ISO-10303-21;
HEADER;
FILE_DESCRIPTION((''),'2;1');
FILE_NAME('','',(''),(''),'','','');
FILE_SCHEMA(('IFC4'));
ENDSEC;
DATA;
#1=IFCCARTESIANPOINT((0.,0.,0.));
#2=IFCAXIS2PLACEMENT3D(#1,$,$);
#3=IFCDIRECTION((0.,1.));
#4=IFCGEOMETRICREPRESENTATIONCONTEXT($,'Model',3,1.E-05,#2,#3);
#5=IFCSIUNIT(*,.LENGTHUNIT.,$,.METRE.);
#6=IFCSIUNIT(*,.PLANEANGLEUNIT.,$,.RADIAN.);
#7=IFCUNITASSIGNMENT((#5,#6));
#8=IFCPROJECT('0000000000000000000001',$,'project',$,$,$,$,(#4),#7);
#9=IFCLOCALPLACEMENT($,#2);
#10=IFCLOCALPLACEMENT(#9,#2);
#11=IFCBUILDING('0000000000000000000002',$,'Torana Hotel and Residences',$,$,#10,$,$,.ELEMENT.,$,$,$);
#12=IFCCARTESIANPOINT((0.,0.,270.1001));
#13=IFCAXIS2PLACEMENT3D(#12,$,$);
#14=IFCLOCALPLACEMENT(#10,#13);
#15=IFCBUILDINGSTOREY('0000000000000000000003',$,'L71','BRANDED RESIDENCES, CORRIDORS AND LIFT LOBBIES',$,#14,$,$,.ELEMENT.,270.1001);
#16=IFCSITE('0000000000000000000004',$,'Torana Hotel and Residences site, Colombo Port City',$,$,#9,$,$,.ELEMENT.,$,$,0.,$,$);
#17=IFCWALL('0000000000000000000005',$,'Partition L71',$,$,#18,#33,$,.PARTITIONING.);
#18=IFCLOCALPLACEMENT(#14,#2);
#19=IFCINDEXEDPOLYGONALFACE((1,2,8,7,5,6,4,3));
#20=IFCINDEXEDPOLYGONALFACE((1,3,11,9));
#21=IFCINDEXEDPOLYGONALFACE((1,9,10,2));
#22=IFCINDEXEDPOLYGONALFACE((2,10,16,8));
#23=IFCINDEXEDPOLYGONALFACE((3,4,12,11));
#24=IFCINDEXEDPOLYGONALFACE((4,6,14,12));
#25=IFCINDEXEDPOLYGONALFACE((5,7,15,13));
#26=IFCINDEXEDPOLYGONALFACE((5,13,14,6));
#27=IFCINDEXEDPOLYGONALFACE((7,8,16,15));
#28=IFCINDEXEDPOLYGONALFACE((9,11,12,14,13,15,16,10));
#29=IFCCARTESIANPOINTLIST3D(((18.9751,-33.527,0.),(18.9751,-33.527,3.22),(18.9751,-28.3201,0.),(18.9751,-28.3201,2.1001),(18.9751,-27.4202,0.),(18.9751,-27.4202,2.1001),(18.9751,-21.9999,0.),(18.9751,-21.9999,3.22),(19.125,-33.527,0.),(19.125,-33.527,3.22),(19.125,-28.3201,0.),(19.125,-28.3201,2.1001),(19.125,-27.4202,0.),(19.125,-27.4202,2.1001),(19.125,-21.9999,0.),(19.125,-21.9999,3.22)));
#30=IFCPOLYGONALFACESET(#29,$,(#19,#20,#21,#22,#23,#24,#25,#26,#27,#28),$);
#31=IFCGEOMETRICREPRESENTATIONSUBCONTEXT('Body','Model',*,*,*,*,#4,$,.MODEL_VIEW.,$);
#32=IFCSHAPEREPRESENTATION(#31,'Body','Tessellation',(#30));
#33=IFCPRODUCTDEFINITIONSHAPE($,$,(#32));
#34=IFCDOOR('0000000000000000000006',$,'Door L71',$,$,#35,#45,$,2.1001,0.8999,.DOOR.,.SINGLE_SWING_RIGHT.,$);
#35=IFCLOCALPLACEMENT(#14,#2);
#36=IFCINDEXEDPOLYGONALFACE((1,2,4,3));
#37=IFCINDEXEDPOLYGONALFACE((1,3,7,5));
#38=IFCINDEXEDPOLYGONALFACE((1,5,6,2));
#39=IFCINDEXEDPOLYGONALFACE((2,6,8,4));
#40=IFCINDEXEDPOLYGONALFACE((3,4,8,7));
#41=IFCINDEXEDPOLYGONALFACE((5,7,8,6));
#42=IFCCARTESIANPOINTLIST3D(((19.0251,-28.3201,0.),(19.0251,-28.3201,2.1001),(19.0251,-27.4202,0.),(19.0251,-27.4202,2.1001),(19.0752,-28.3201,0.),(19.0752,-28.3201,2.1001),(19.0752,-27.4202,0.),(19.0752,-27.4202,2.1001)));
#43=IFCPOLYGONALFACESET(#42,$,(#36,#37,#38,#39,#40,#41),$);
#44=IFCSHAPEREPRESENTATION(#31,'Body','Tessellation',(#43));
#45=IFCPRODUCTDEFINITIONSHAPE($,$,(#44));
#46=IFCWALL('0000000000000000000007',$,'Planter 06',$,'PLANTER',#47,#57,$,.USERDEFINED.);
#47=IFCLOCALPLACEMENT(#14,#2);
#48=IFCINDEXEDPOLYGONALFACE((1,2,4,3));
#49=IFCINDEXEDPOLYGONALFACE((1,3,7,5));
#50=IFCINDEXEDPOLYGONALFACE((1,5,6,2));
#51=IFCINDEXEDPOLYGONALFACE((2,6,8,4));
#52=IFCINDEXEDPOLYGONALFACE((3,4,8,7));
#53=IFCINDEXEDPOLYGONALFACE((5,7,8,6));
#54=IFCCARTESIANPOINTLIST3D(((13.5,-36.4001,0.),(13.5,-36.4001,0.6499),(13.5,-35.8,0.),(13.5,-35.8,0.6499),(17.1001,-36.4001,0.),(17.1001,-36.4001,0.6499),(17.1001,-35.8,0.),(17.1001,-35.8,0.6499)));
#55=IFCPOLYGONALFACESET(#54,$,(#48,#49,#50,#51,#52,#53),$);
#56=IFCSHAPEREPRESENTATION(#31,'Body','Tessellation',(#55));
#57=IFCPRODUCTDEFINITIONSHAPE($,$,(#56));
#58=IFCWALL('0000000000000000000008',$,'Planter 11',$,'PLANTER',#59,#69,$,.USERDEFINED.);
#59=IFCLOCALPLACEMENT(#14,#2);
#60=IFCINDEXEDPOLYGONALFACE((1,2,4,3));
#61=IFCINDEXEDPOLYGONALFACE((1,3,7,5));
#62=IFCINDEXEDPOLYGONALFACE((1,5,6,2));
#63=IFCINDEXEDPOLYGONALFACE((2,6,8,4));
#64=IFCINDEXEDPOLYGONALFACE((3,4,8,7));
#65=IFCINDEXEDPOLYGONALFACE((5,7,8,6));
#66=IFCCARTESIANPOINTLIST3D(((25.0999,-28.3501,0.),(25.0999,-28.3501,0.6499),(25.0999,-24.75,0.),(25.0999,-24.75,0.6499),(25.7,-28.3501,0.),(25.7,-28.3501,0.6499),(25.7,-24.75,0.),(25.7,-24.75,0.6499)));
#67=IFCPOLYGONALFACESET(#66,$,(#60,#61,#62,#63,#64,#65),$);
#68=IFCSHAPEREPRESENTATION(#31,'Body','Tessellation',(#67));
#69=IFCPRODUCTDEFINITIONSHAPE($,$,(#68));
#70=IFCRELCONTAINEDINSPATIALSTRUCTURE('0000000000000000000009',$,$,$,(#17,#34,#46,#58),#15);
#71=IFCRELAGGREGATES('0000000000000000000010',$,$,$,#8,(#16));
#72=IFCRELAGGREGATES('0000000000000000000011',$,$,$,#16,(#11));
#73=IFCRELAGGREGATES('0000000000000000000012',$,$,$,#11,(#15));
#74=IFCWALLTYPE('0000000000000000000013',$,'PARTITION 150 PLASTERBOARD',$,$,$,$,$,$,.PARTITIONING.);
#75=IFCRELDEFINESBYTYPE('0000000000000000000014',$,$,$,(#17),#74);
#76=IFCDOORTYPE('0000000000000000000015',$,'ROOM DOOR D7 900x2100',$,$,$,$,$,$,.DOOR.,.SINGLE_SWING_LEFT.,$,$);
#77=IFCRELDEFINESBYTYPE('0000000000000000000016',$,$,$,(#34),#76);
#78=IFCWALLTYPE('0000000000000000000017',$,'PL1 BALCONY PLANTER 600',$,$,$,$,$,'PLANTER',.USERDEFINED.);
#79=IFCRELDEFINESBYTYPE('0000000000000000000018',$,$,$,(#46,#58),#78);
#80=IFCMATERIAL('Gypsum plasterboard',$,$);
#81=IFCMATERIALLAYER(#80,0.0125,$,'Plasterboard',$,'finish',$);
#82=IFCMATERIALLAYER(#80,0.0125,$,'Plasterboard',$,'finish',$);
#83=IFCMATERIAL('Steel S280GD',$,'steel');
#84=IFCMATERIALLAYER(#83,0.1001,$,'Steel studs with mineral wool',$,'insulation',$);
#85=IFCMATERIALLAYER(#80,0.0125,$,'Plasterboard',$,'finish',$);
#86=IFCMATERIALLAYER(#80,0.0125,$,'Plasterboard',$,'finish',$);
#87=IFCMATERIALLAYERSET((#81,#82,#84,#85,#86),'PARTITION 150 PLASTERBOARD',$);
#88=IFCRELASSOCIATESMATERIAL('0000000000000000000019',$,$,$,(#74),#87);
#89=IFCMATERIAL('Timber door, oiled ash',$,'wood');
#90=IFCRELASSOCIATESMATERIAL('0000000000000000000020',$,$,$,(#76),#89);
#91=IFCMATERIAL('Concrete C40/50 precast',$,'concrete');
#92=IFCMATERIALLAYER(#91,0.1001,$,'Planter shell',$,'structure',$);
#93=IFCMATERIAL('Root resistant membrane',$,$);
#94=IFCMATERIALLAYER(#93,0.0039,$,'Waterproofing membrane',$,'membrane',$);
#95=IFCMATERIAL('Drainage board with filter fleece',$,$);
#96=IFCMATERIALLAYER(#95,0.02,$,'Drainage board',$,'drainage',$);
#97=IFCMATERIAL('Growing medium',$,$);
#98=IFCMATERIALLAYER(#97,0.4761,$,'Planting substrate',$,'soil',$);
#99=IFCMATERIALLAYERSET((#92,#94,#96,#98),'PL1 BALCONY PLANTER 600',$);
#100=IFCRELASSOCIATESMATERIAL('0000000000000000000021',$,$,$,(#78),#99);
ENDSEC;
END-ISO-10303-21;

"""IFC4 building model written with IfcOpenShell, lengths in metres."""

from ifc_helpers import new_model, si_unit, direction, frame, frame_2d, origin, place, context, subcontext, project, spatial, rectangle, extrude, material, layer, layer_set, type_object, element, fill, save


model = new_model("IFC4")

# Units and contexts
model_context = context("Model", 3, precision=1e-05, world=origin(), true_north=direction((0.0, 1.0)))
body_context = subcontext(model_context, "Body", "Model", "MODEL_VIEW")
ifc_project = project(units=[si_unit("LENGTHUNIT", "METRE"), si_unit("PLANEANGLEUNIT", "RADIAN")], contexts=[model_context])

# Site, building, storey
site_placement = place(None, origin())
site = spatial("IfcSite", under=ifc_project, at=site_placement, Name="Torana Hotel and Residences site, Colombo Port City", CompositionType="ELEMENT", RefElevation=0.0)
building_placement = place(site_placement, origin())
building = spatial("IfcBuilding", under=site, at=building_placement, Name="Torana Hotel and Residences", CompositionType="ELEMENT")
storey_placement = place(building_placement, frame((0.0, 0.0, 270.1001)))
storey = spatial("IfcBuildingStorey", under=building, at=storey_placement, Name="L71", Description="BRANDED RESIDENCES, CORRIDORS AND LIFT LOBBIES", CompositionType="ELEMENT", Elevation=270.1001)

# Shared definitions
ifc_material_1 = material(Name="Steel S280GD", Category="steel")

# Wall, opening, door
ifc_material_2 = material(Name="Gypsum plasterboard")
ifc_layer_1 = layer(ifc_material_2, 0.0125, Name="Plasterboard", Category="finish")
ifc_layer_2 = layer(ifc_material_2, 0.0125, Name="Plasterboard", Category="finish")
ifc_layer_3 = layer(ifc_material_1, 0.1001, Name="Steel studs with mineral wool", Category="insulation")
ifc_layer_4 = layer(ifc_material_2, 0.0125, Name="Plasterboard", Category="finish")
ifc_layer_5 = layer(ifc_material_2, 0.0125, Name="Plasterboard", Category="finish")
ifc_layer_set_1 = layer_set([ifc_layer_1, ifc_layer_2, ifc_layer_3, ifc_layer_4, ifc_layer_5], Name="PARTITION 150 PLASTERBOARD")
wall_type_1 = type_object("IfcWallType", Name="PARTITION 150 PLASTERBOARD", PredefinedType="PARTITIONING", material=ifc_layer_set_1)
ifc_material_3 = material(Name="Timber door, oiled ash", Category="wood")
door_type_1 = type_object("IfcDoorType", Name="ROOM DOOR D7 900x2100", OperationType="SINGLE_SWING_LEFT", PredefinedType="DOOR", material=ifc_material_3)
wall_1_placement = place(storey_placement, frame((19.05, -33.5271, 0.0), z_axis=(0.0, 0.0, 1.0), x_axis=(0.0, 1.0, 0.0)))
wall_1 = element("IfcWall", 1, at=wall_1_placement, inside=storey, type_object=wall_type_1, Name="Partition L71", PredefinedType="PARTITIONING", context=body_context, shape_type="SweptSolid", body=[
    extrude(rectangle(XDim=11.5271, YDim=0.1499, at=frame_2d((5.7637, 0.0))), origin(), (0.0, 0.0, 1.0), 3.22),
])
opening_1_placement = place(wall_1_placement, frame((5.207, 0.0, 0.0)))
opening_1 = element("IfcOpeningElement", 2, at=opening_1_placement, cuts=wall_1, PredefinedType="OPENING", context=body_context, shape_type="SweptSolid", body=[
    extrude(rectangle(XDim=0.8999, YDim=2.1001, at=frame_2d((0.45, 1.05))), frame((0.0, 0.085, 0.0), z_axis=(0.0, -1.0, 0.0), x_axis=(1.0, 0.0, 0.0)), (0.0, 0.0, 1.0), 0.1699),
])
door_1_placement = place(opening_1_placement, origin())
door_1 = element("IfcDoor", 3, at=door_1_placement, inside=storey, type_object=door_type_1, Name="Door L71", OperationType="SINGLE_SWING_RIGHT", OverallHeight=2.1001, OverallWidth=0.8999, PredefinedType="DOOR", context=body_context, shape_type="SweptSolid", body=[
    extrude(rectangle(XDim=0.8999, YDim=2.1001, at=frame_2d((0.45, 1.05))), frame((0.0, 0.0249, 0.0), z_axis=(0.0, -1.0, 0.0), x_axis=(1.0, 0.0, 0.0)), (0.0, 0.0, 1.0), 0.05),
])
fill(opening_1, door_1)

# Walls
ifc_material_4 = material(Name="Concrete C40/50 precast", Category="concrete")
ifc_layer_6 = layer(ifc_material_4, 0.1001, Name="Planter shell", Category="structure")
ifc_material_5 = material(Name="Root resistant membrane")
ifc_layer_7 = layer(ifc_material_5, 0.0039, Name="Waterproofing membrane", Category="membrane")
ifc_material_6 = material(Name="Drainage board with filter fleece")
ifc_layer_8 = layer(ifc_material_6, 0.02, Name="Drainage board", Category="drainage")
ifc_material_7 = material(Name="Growing medium")
ifc_layer_9 = layer(ifc_material_7, 0.4761, Name="Planting substrate", Category="soil")
ifc_layer_set_2 = layer_set([ifc_layer_6, ifc_layer_7, ifc_layer_8, ifc_layer_9], Name="PL1 BALCONY PLANTER 600")
wall_type_2 = type_object("IfcWallType", Name="PL1 BALCONY PLANTER 600", ElementType="PLANTER", PredefinedType="USERDEFINED", material=ifc_layer_set_2)
for number, where, z_axis, x_axis, name in (
    (4, (17.1001, -36.1001, 0.0), (0.0, 0.0, 1.0), (-1.0, 0.0, 0.0), "Planter 06"),
    (5, (25.3999, -24.75, 0.0), (0.0, 0.0, 1.0), (0.0, -1.0, 0.0), "Planter 11"),
):
    element("IfcWall", number, at=place(storey_placement, frame(where, z_axis=z_axis, x_axis=x_axis)), inside=storey, type_object=wall_type_2, Name=name, ObjectType="PLANTER", PredefinedType="USERDEFINED", context=body_context, shape_type="SweptSolid", body=[
        extrude(rectangle(XDim=3.6001, YDim=0.6001, at=frame_2d((1.8, 0.0))), origin(), (0.0, 0.0, 1.0), 0.6499),
    ])

save(model, "model.ifc")
